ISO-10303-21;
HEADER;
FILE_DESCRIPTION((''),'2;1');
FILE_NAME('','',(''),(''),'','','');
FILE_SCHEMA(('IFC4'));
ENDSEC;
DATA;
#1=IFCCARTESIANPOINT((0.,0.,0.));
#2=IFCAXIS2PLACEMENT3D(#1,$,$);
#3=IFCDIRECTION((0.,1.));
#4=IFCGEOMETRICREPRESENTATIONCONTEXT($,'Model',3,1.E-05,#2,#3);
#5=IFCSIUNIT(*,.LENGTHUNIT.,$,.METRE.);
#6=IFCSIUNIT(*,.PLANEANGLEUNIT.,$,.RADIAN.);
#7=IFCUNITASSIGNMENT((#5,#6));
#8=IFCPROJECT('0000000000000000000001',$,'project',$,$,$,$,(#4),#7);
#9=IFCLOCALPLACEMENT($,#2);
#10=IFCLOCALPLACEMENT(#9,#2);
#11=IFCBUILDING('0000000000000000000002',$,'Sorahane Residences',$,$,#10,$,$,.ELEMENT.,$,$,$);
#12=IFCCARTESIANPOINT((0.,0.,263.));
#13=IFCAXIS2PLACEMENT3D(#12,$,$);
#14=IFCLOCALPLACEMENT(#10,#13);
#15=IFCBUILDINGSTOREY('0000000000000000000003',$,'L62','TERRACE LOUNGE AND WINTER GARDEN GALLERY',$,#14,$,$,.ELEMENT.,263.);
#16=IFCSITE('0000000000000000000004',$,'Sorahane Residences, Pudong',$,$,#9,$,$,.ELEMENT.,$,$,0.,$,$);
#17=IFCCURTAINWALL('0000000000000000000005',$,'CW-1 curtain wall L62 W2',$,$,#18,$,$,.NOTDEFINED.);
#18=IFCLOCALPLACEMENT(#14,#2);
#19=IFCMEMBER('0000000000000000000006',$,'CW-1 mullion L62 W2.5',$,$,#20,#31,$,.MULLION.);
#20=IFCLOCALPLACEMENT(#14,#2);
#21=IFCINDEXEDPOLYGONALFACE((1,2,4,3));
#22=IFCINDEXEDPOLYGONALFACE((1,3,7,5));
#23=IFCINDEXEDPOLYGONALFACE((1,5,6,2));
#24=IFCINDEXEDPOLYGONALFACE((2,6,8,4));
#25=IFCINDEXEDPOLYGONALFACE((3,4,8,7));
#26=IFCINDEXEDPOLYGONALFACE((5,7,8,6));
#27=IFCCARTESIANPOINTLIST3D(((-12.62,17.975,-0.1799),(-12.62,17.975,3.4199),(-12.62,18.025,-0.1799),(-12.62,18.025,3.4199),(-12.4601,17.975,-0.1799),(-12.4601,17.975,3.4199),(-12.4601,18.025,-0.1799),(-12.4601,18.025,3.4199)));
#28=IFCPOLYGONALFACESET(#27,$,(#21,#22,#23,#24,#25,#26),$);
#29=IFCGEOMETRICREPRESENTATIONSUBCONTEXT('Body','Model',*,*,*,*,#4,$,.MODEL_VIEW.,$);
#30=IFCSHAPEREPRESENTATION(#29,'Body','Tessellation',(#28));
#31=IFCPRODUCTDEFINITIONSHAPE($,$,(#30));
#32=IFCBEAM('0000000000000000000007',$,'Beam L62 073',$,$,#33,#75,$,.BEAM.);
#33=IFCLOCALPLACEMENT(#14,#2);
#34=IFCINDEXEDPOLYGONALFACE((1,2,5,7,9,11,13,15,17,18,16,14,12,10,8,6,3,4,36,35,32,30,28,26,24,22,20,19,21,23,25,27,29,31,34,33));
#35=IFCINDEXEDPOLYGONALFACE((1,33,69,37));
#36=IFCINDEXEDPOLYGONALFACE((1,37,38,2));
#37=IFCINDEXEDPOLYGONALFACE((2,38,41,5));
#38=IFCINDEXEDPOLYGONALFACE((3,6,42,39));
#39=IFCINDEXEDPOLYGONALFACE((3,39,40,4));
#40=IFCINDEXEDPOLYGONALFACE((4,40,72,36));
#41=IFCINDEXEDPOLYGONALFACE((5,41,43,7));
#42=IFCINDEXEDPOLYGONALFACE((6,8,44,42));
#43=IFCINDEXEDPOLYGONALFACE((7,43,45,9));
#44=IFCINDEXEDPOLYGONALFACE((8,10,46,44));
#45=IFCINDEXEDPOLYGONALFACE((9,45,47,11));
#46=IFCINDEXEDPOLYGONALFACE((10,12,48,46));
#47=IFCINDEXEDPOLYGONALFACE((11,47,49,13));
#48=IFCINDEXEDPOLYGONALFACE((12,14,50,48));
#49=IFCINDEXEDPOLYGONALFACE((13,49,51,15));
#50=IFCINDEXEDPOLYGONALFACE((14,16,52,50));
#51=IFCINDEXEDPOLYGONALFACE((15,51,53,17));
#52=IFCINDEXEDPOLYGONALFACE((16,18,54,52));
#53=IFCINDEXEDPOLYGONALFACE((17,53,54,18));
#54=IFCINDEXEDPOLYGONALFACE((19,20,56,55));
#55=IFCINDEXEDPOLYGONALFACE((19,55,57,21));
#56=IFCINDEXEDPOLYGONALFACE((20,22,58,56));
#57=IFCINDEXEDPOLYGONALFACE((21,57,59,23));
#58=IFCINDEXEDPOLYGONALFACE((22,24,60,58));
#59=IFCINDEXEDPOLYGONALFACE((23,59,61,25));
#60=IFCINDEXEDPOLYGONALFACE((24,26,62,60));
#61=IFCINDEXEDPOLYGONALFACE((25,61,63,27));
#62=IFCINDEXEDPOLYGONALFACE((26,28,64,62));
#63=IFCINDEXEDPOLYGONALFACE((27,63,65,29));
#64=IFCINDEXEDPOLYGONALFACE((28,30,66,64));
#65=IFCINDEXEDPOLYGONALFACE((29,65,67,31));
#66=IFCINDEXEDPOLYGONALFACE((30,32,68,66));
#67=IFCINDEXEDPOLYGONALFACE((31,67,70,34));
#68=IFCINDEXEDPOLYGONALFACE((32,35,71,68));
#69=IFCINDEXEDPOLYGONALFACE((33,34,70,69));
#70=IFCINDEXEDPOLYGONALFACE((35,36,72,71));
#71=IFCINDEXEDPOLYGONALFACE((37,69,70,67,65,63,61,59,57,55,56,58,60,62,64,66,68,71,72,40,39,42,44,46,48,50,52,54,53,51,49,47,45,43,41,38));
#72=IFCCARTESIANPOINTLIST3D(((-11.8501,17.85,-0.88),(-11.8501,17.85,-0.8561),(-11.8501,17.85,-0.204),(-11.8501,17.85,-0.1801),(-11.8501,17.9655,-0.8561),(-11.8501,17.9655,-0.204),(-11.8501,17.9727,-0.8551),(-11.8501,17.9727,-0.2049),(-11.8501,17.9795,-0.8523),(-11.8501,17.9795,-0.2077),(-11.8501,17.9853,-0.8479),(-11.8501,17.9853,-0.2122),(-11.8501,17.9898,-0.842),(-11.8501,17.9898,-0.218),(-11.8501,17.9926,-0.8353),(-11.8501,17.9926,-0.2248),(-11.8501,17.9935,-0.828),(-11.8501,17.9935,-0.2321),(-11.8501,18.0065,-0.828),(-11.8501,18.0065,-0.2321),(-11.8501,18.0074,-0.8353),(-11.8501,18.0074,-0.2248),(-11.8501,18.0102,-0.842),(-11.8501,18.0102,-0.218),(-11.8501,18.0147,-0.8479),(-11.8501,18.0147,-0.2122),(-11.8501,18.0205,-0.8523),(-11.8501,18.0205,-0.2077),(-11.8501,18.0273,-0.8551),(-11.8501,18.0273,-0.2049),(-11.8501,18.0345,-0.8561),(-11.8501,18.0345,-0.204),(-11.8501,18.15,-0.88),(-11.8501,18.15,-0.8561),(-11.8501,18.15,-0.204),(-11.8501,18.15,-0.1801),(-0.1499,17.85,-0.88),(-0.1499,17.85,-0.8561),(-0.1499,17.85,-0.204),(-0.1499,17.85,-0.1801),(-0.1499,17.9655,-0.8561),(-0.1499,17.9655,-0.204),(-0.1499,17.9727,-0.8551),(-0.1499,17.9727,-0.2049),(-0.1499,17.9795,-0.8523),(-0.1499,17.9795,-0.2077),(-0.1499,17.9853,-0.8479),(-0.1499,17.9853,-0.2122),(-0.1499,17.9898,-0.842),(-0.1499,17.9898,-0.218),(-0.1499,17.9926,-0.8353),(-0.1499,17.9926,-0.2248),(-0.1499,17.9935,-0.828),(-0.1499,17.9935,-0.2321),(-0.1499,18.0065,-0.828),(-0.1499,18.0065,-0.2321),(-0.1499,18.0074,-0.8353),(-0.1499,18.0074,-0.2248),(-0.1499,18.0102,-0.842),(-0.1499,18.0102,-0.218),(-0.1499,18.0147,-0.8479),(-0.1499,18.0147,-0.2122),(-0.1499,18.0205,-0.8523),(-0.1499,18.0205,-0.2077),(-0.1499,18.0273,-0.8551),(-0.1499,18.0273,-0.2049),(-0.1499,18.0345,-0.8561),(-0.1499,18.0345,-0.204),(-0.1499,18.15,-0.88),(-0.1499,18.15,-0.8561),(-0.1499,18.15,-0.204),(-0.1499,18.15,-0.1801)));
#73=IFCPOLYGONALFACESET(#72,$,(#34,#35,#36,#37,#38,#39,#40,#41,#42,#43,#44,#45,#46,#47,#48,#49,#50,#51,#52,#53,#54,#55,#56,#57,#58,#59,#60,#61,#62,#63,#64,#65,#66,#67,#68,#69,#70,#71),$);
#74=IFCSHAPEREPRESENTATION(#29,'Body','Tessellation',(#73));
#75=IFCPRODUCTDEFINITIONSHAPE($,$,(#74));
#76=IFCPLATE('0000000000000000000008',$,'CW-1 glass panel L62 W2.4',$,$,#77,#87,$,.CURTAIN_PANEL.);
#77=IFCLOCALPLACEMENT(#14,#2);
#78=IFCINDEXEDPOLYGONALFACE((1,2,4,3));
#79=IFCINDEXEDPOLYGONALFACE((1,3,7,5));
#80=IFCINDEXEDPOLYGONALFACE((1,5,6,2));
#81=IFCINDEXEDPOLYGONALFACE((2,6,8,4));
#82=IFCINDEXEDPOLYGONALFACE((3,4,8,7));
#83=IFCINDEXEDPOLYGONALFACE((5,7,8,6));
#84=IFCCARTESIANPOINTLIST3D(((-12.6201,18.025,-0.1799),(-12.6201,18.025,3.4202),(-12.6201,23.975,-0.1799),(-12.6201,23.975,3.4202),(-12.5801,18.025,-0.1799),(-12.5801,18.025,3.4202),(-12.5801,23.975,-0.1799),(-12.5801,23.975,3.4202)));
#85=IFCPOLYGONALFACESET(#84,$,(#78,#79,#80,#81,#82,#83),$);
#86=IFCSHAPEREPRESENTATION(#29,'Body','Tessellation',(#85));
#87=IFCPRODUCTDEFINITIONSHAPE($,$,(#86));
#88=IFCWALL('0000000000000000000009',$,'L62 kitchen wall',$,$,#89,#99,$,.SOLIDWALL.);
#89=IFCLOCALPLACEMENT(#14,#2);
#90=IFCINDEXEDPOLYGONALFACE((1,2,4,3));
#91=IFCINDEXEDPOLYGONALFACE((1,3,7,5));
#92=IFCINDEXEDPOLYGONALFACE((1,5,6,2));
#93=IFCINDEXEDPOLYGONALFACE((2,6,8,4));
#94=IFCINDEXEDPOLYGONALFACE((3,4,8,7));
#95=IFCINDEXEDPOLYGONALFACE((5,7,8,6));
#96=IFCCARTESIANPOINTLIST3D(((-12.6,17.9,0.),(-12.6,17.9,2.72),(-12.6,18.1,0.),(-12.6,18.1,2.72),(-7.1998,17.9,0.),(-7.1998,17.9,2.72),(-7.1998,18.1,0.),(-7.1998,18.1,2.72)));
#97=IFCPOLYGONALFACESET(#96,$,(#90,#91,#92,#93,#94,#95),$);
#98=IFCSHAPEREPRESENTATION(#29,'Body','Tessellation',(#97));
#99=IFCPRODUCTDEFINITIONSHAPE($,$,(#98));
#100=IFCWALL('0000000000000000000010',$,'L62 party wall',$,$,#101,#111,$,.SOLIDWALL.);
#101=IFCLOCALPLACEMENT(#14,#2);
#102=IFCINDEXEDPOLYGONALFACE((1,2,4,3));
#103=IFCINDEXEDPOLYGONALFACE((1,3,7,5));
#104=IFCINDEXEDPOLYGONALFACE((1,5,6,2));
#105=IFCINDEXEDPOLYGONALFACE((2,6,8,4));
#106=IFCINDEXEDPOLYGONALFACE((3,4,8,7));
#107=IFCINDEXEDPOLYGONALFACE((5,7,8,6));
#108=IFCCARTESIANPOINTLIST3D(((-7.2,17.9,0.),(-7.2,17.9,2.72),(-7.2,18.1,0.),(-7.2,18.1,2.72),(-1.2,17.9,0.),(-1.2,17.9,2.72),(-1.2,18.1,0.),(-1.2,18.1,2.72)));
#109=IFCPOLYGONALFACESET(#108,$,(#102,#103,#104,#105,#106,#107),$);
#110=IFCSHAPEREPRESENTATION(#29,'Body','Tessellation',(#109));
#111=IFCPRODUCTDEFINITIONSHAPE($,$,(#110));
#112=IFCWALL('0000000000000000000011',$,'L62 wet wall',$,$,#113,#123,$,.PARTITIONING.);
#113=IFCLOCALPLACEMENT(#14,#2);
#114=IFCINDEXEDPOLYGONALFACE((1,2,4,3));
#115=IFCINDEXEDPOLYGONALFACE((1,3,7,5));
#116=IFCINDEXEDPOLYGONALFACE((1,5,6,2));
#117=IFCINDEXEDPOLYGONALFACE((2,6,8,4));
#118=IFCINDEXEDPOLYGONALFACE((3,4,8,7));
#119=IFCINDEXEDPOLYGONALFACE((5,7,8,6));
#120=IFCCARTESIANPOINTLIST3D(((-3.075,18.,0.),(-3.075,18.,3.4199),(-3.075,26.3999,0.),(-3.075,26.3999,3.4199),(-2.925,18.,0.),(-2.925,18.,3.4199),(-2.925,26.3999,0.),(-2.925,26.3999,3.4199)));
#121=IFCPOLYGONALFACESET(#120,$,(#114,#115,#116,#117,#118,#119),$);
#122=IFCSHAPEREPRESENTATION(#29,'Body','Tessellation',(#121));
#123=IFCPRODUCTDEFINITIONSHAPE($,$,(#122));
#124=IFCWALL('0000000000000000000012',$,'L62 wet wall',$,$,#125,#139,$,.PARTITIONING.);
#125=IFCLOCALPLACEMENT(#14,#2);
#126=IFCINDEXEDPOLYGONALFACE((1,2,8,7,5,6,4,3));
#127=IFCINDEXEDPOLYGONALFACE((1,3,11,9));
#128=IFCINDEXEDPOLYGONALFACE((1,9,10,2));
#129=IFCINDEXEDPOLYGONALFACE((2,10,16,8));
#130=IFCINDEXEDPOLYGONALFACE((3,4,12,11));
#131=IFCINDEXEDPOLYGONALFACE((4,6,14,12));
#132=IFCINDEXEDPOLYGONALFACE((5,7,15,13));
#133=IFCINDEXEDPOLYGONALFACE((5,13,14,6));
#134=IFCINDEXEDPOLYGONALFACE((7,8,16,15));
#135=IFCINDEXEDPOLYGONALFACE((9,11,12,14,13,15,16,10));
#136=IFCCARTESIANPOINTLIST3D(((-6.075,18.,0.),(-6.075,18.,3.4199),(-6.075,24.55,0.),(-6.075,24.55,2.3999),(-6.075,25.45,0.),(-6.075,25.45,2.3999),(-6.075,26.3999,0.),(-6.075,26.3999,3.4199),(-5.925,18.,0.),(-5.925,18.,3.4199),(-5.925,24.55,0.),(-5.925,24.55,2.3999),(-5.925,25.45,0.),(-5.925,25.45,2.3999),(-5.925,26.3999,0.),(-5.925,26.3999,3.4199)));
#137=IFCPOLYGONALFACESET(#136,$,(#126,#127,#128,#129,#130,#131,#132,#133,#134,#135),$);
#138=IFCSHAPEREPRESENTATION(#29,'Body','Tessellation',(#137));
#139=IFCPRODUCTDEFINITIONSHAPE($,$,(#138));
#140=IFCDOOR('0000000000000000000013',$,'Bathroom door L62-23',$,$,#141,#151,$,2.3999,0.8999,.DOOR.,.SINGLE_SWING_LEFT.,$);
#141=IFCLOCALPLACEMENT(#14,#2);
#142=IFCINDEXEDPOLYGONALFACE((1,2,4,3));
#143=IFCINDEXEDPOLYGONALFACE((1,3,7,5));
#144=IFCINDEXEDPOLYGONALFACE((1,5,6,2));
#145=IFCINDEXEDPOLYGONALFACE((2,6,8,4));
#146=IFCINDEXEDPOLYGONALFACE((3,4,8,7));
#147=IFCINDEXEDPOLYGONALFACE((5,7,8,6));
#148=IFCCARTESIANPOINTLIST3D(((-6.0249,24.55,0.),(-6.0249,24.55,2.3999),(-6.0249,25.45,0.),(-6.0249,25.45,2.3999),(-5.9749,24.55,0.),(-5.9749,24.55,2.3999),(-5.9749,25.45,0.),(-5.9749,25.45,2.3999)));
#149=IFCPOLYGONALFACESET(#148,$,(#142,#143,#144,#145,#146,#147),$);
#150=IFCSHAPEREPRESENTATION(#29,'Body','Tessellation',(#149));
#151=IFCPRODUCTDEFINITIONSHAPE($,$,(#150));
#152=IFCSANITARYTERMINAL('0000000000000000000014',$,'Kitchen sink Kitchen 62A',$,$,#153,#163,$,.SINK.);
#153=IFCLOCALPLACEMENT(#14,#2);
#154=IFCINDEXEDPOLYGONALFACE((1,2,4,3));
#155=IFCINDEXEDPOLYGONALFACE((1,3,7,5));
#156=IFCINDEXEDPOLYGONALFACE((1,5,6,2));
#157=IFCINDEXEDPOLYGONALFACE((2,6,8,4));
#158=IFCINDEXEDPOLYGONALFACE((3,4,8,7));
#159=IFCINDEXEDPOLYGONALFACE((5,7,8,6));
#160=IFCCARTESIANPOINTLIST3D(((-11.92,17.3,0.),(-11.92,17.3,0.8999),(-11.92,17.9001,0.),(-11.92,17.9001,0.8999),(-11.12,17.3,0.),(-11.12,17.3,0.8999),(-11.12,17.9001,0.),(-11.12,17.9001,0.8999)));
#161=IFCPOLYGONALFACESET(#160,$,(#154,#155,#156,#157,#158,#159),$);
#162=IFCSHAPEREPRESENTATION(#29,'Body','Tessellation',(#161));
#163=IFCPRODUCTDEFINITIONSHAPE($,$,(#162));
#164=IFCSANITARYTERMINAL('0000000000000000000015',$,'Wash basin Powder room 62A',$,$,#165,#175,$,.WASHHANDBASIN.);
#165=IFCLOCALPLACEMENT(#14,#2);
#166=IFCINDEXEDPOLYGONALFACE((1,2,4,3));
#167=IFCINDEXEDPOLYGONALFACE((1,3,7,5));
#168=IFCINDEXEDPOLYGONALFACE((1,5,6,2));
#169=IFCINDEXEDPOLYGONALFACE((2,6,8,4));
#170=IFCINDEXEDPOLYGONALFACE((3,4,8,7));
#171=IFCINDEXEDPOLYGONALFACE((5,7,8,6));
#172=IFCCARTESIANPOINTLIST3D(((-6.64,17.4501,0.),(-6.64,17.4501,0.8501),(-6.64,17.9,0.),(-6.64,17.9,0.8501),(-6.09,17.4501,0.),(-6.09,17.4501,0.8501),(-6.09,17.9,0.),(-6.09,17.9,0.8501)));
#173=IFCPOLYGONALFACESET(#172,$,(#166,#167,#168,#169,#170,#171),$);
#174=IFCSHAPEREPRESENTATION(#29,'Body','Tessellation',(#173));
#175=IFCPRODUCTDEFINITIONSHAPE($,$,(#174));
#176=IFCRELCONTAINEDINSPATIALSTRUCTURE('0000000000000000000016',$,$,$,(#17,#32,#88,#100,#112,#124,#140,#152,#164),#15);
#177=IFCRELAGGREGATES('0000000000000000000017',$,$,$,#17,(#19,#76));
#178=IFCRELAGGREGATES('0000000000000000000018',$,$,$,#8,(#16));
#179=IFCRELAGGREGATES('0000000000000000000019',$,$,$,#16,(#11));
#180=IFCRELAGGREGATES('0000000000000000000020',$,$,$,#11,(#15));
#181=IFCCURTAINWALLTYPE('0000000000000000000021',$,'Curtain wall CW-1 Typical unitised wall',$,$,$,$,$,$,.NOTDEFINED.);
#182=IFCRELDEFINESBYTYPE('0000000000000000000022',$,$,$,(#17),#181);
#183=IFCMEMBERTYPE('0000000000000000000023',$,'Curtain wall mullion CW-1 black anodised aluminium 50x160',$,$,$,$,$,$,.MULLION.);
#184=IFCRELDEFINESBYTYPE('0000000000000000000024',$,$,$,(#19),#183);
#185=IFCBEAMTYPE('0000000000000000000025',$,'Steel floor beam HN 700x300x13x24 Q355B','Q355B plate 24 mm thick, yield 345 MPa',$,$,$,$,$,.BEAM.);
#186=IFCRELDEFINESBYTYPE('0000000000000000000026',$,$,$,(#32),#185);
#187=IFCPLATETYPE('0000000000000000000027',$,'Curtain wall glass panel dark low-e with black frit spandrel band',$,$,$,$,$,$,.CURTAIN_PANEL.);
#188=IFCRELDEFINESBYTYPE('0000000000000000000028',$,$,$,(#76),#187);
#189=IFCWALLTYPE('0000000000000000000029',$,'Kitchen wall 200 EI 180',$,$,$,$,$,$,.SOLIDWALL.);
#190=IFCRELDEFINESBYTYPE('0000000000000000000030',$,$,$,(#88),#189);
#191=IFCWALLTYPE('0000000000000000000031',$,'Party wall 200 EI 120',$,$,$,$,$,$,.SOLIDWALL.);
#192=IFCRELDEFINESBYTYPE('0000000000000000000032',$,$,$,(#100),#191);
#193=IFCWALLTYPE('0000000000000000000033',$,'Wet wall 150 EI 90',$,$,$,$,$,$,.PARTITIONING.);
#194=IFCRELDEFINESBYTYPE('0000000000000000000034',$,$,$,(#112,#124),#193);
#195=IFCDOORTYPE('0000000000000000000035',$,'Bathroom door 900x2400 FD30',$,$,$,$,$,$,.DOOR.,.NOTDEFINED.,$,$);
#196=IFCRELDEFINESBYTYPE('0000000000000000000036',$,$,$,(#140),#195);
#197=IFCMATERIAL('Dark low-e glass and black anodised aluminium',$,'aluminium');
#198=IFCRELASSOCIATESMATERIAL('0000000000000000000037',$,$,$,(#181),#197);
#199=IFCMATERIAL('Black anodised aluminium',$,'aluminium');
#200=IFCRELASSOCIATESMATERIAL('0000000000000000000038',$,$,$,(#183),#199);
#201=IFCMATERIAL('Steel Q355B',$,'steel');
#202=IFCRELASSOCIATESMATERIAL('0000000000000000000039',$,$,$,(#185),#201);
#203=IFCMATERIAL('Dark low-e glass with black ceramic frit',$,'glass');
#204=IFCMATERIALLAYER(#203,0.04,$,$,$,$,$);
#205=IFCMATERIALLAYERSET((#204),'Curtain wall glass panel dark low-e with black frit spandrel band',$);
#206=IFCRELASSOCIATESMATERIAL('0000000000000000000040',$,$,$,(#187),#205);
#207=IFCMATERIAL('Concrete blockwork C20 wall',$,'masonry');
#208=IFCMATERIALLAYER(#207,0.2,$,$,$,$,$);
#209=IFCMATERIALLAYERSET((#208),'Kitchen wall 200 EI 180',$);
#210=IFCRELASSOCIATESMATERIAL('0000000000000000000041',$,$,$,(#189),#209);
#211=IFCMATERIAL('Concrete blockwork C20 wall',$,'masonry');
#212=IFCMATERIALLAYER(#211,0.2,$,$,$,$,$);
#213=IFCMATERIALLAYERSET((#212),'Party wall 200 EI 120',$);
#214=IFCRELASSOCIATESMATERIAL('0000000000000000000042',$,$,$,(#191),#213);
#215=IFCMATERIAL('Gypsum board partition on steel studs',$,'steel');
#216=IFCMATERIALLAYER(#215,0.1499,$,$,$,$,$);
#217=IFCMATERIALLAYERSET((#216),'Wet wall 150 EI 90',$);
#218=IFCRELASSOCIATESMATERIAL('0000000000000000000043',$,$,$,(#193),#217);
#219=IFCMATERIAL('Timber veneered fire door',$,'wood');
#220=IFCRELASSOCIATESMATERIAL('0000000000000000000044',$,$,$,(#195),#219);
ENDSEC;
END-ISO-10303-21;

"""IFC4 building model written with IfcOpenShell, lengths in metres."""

from ifc_helpers import new_model, si_unit, direction, frame, frame_2d, origin, origin_2d, place, context, subcontext, project, spatial, rectangle, i_section, extrude, material, layer, layer_set, material_profile, profile_set, type_object, element, fill, aggregate, save


model = new_model("IFC4")

# Units and contexts
model_context = context("Model", 3, precision=1e-05, world=origin(), true_north=direction((0.0, 1.0)))
body_context = subcontext(model_context, "Body", "Model", "MODEL_VIEW")
ifc_project = project(units=[si_unit("LENGTHUNIT", "METRE"), si_unit("PLANEANGLEUNIT", "RADIAN")], contexts=[model_context])

# Site, building, storey
site_placement = place(None, origin())
site = spatial("IfcSite", under=ifc_project, at=site_placement, Name="Sorahane Residences, Pudong", CompositionType="ELEMENT", RefElevation=0.0)
building_placement = place(site_placement, origin())
building = spatial("IfcBuilding", under=site, at=building_placement, Name="Sorahane Residences", CompositionType="ELEMENT")
storey_placement = place(building_placement, frame((0.0, 0.0, 263.0)))
storey = spatial("IfcBuildingStorey", under=building, at=storey_placement, Name="L62", Description="TERRACE LOUNGE AND WINTER GARDEN GALLERY", CompositionType="ELEMENT", Elevation=263.0)

# Curtain wall, member
ifc_material_1 = material(Name="Dark low-e glass and black anodised aluminium", Category="aluminium")
curtain_wall_type = type_object("IfcCurtainWallType", Name="Curtain wall CW-1 Typical unitised wall", PredefinedType="NOTDEFINED", material=ifc_material_1)
curtain_wall_placement = place(storey_placement, origin())
curtain_wall = element("IfcCurtainWall", 1, at=curtain_wall_placement, inside=storey, type_object=curtain_wall_type, Name="CW-1 curtain wall L62 W2", PredefinedType="NOTDEFINED")
ifc_material_2 = material(Name="Black anodised aluminium", Category="aluminium")
ifc_material_profile_1 = material_profile(ifc_material_2, rectangle(XDim=0.1599, YDim=0.05, at=origin_2d()), Name="Curtain wall mullion CW-1 black anodised aluminium 50x160")
ifc_profile_set_1 = profile_set([ifc_material_profile_1], Name="Black anodised aluminium")
member_type = type_object("IfcMemberType", Name="Curtain wall mullion CW-1 black anodised aluminium 50x160", PredefinedType="MULLION", material=ifc_profile_set_1)
member_placement = place(storey_placement, frame((-12.54, 18.0, -0.1799), z_axis=(0.0, 0.0, 1.0), x_axis=(-1.0, 0.0, 0.0)))
member = element("IfcMember", 2, at=member_placement, type_object=member_type, Name="CW-1 mullion L62 W2.5", PredefinedType="MULLION", context=body_context, shape_type="SweptSolid", body=[
    extrude(rectangle(XDim=0.1599, YDim=0.05, at=origin_2d()), origin(), (0.0, 0.0, 1.0), 3.5999),
])

# Beam
ifc_material_3 = material(Name="Steel Q355B", Category="steel")
ifc_material_profile_2 = material_profile(ifc_material_3, i_section(OverallWidth=0.3, OverallDepth=0.7, WebThickness=0.0129, FlangeThickness=0.0239, FilletRadius=0.0281, at=origin_2d()), Name="HN 700x300x13x24")
ifc_profile_set_2 = profile_set([ifc_material_profile_2], Name="Steel Q355B")
beam_type = type_object("IfcBeamType", Name="Steel floor beam HN 700x300x13x24 Q355B", Description="Q355B plate 24 mm thick, yield 345 MPa", PredefinedType="BEAM", material=ifc_profile_set_2)
beam_placement = place(storey_placement, frame((-11.8501, 18.0, -0.53), z_axis=(1.0, 0.0, 0.0), x_axis=(0.0, 1.0, 0.0)))
element("IfcBeam", 3, at=beam_placement, inside=storey, type_object=beam_type, Name="Beam L62 073", PredefinedType="BEAM", context=body_context, shape_type="SweptSolid", body=[
    extrude(i_section(OverallWidth=0.3, OverallDepth=0.7, WebThickness=0.0129, FlangeThickness=0.0239, FilletRadius=0.0281, at=origin_2d()), origin(), (0.0, 0.0, 1.0), 11.7002),
])

# Plate
ifc_material_4 = material(Name="Dark low-e glass with black ceramic frit", Category="glass")
ifc_layer_1 = layer(ifc_material_4, 0.04)
ifc_layer_set_1 = layer_set([ifc_layer_1], Name="Curtain wall glass panel dark low-e with black frit spandrel band")
plate_type = type_object("IfcPlateType", Name="Curtain wall glass panel dark low-e with black frit spandrel band", PredefinedType="CURTAIN_PANEL", material=ifc_layer_set_1)
plate_placement = place(storey_placement, frame((-12.6001, 21.0, -0.1799), z_axis=(0.0, 0.0, 1.0), x_axis=(0.0, -1.0, 0.0)))
plate = element("IfcPlate", 4, at=plate_placement, type_object=plate_type, Name="CW-1 glass panel L62 W2.4", PredefinedType="CURTAIN_PANEL", context=body_context, shape_type="SweptSolid", body=[
    extrude(rectangle(XDim=5.95, YDim=0.04, at=origin_2d()), origin(), (0.0, 0.0, 1.0), 3.6001),
])
aggregate(curtain_wall, [member, plate])

# Walls
ifc_material_5 = material(Name="Concrete blockwork C20 wall", Category="masonry")
ifc_layer_2 = layer(ifc_material_5, 0.2)
ifc_layer_set_2 = layer_set([ifc_layer_2], Name="Kitchen wall 200 EI 180")
wall_type_1 = type_object("IfcWallType", Name="Kitchen wall 200 EI 180", PredefinedType="SOLIDWALL", material=ifc_layer_set_2)
wall_1_placement = place(storey_placement, frame((-12.6001, 18.0, 0.0), z_axis=(0.0, 0.0, 1.0), x_axis=(1.0, 0.0, 0.0)))
element("IfcWall", 5, at=wall_1_placement, inside=storey, type_object=wall_type_1, Name="L62 kitchen wall", PredefinedType="SOLIDWALL", context=body_context, shape_type="SweptSolid", body=[
    extrude(rectangle(XDim=5.4001, YDim=0.2, at=frame_2d((2.7002, 0.0))), origin(), (0.0, 0.0, 1.0), 2.72),
])
ifc_material_6 = material(Name="Concrete blockwork C20 wall", Category="masonry")
ifc_layer_3 = layer(ifc_material_6, 0.2)
ifc_layer_set_3 = layer_set([ifc_layer_3], Name="Party wall 200 EI 120")
wall_type_2 = type_object("IfcWallType", Name="Party wall 200 EI 120", PredefinedType="SOLIDWALL", material=ifc_layer_set_3)
wall_2_placement = place(storey_placement, frame((-7.2, 18.0, 0.0), z_axis=(0.0, 0.0, 1.0), x_axis=(1.0, 0.0, 0.0)))
element("IfcWall", 6, at=wall_2_placement, inside=storey, type_object=wall_type_2, Name="L62 party wall", PredefinedType="SOLIDWALL", context=body_context, shape_type="SweptSolid", body=[
    extrude(rectangle(XDim=6.0, YDim=0.2, at=frame_2d((3.0, 0.0))), origin(), (0.0, 0.0, 1.0), 2.72),
])
ifc_material_7 = material(Name="Gypsum board partition on steel studs", Category="steel")
ifc_layer_4 = layer(ifc_material_7, 0.1499)
ifc_layer_set_4 = layer_set([ifc_layer_4], Name="Wet wall 150 EI 90")
wall_type_3 = type_object("IfcWallType", Name="Wet wall 150 EI 90", PredefinedType="PARTITIONING", material=ifc_layer_set_4)
wall_3_placement = place(storey_placement, frame((-3.0, 18.0, 0.0), z_axis=(0.0, 0.0, 1.0), x_axis=(0.0, 1.0, 0.0)))
element("IfcWall", 7, at=wall_3_placement, inside=storey, type_object=wall_type_3, Name="L62 wet wall", PredefinedType="PARTITIONING", context=body_context, shape_type="SweptSolid", body=[
    extrude(rectangle(XDim=8.3999, YDim=0.1499, at=frame_2d((4.2, 0.0))), origin(), (0.0, 0.0, 1.0), 3.4199),
])

# Wall, opening, door
wall_4_placement = place(storey_placement, frame((-6.0, 18.0, 0.0), z_axis=(0.0, 0.0, 1.0), x_axis=(0.0, 1.0, 0.0)))
wall_4 = element("IfcWall", 8, at=wall_4_placement, inside=storey, type_object=wall_type_3, Name="L62 wet wall", PredefinedType="PARTITIONING", context=body_context, shape_type="SweptSolid", body=[
    extrude(rectangle(XDim=8.3999, YDim=0.1499, at=frame_2d((4.2, 0.0))), origin(), (0.0, 0.0, 1.0), 3.4199),
])
opening_placement = place(wall_4_placement, frame((6.55, 0.0, 0.0)))
opening = element("IfcOpeningElement", 9, at=opening_placement, cuts=wall_4, PredefinedType="OPENING", context=body_context, shape_type="SweptSolid", body=[
    extrude(rectangle(XDim=0.8999, YDim=2.3999, at=frame_2d((0.45, 1.2))), frame((0.0, 0.085, 0.0), z_axis=(0.0, -1.0, 0.0), x_axis=(1.0, 0.0, 0.0)), (0.0, 0.0, 1.0), 0.1699),
])
ifc_material_8 = material(Name="Timber veneered fire door", Category="wood")
door_type = type_object("IfcDoorType", Name="Bathroom door 900x2400 FD30", OperationType="NOTDEFINED", PredefinedType="DOOR", material=ifc_material_8)
door_placement = place(opening_placement, origin())
door = element("IfcDoor", 10, at=door_placement, inside=storey, type_object=door_type, Name="Bathroom door L62-23", OperationType="SINGLE_SWING_LEFT", OverallHeight=2.3999, OverallWidth=0.8999, PredefinedType="DOOR", context=body_context, shape_type="SweptSolid", body=[
    extrude(rectangle(XDim=0.8999, YDim=2.3999, at=frame_2d((0.45, 1.2))), frame((0.0, 0.0249, 0.0), z_axis=(0.0, -1.0, 0.0), x_axis=(1.0, 0.0, 0.0)), (0.0, 0.0, 1.0), 0.05),
])
fill(opening, door)

# Sanitary terminals
sanitary_terminal_1_placement = place(storey_placement, frame((-11.52, 17.6001, 0.0), z_axis=(0.0, 0.0, 1.0), x_axis=(1.0, 0.0, 0.0)))
element("IfcSanitaryTerminal", 11, at=sanitary_terminal_1_placement, inside=storey, Name="Kitchen sink Kitchen 62A", PredefinedType="SINK", context=body_context, shape_type="SweptSolid", body=[
    extrude(rectangle(XDim=0.8, YDim=0.6001, at=origin_2d()), origin(), (0.0, 0.0, 1.0), 0.8999),
])
sanitary_terminal_2_placement = place(storey_placement, frame((-6.365, 17.675, 0.0), z_axis=(0.0, 0.0, 1.0), x_axis=(1.0, 0.0, 0.0)))
element("IfcSanitaryTerminal", 12, at=sanitary_terminal_2_placement, inside=storey, Name="Wash basin Powder room 62A", PredefinedType="WASHHANDBASIN", context=body_context, shape_type="SweptSolid", body=[
    extrude(rectangle(XDim=0.55, YDim=0.45, at=origin_2d()), origin(), (0.0, 0.0, 1.0), 0.8501),
])

save(model, "model.ifc")
